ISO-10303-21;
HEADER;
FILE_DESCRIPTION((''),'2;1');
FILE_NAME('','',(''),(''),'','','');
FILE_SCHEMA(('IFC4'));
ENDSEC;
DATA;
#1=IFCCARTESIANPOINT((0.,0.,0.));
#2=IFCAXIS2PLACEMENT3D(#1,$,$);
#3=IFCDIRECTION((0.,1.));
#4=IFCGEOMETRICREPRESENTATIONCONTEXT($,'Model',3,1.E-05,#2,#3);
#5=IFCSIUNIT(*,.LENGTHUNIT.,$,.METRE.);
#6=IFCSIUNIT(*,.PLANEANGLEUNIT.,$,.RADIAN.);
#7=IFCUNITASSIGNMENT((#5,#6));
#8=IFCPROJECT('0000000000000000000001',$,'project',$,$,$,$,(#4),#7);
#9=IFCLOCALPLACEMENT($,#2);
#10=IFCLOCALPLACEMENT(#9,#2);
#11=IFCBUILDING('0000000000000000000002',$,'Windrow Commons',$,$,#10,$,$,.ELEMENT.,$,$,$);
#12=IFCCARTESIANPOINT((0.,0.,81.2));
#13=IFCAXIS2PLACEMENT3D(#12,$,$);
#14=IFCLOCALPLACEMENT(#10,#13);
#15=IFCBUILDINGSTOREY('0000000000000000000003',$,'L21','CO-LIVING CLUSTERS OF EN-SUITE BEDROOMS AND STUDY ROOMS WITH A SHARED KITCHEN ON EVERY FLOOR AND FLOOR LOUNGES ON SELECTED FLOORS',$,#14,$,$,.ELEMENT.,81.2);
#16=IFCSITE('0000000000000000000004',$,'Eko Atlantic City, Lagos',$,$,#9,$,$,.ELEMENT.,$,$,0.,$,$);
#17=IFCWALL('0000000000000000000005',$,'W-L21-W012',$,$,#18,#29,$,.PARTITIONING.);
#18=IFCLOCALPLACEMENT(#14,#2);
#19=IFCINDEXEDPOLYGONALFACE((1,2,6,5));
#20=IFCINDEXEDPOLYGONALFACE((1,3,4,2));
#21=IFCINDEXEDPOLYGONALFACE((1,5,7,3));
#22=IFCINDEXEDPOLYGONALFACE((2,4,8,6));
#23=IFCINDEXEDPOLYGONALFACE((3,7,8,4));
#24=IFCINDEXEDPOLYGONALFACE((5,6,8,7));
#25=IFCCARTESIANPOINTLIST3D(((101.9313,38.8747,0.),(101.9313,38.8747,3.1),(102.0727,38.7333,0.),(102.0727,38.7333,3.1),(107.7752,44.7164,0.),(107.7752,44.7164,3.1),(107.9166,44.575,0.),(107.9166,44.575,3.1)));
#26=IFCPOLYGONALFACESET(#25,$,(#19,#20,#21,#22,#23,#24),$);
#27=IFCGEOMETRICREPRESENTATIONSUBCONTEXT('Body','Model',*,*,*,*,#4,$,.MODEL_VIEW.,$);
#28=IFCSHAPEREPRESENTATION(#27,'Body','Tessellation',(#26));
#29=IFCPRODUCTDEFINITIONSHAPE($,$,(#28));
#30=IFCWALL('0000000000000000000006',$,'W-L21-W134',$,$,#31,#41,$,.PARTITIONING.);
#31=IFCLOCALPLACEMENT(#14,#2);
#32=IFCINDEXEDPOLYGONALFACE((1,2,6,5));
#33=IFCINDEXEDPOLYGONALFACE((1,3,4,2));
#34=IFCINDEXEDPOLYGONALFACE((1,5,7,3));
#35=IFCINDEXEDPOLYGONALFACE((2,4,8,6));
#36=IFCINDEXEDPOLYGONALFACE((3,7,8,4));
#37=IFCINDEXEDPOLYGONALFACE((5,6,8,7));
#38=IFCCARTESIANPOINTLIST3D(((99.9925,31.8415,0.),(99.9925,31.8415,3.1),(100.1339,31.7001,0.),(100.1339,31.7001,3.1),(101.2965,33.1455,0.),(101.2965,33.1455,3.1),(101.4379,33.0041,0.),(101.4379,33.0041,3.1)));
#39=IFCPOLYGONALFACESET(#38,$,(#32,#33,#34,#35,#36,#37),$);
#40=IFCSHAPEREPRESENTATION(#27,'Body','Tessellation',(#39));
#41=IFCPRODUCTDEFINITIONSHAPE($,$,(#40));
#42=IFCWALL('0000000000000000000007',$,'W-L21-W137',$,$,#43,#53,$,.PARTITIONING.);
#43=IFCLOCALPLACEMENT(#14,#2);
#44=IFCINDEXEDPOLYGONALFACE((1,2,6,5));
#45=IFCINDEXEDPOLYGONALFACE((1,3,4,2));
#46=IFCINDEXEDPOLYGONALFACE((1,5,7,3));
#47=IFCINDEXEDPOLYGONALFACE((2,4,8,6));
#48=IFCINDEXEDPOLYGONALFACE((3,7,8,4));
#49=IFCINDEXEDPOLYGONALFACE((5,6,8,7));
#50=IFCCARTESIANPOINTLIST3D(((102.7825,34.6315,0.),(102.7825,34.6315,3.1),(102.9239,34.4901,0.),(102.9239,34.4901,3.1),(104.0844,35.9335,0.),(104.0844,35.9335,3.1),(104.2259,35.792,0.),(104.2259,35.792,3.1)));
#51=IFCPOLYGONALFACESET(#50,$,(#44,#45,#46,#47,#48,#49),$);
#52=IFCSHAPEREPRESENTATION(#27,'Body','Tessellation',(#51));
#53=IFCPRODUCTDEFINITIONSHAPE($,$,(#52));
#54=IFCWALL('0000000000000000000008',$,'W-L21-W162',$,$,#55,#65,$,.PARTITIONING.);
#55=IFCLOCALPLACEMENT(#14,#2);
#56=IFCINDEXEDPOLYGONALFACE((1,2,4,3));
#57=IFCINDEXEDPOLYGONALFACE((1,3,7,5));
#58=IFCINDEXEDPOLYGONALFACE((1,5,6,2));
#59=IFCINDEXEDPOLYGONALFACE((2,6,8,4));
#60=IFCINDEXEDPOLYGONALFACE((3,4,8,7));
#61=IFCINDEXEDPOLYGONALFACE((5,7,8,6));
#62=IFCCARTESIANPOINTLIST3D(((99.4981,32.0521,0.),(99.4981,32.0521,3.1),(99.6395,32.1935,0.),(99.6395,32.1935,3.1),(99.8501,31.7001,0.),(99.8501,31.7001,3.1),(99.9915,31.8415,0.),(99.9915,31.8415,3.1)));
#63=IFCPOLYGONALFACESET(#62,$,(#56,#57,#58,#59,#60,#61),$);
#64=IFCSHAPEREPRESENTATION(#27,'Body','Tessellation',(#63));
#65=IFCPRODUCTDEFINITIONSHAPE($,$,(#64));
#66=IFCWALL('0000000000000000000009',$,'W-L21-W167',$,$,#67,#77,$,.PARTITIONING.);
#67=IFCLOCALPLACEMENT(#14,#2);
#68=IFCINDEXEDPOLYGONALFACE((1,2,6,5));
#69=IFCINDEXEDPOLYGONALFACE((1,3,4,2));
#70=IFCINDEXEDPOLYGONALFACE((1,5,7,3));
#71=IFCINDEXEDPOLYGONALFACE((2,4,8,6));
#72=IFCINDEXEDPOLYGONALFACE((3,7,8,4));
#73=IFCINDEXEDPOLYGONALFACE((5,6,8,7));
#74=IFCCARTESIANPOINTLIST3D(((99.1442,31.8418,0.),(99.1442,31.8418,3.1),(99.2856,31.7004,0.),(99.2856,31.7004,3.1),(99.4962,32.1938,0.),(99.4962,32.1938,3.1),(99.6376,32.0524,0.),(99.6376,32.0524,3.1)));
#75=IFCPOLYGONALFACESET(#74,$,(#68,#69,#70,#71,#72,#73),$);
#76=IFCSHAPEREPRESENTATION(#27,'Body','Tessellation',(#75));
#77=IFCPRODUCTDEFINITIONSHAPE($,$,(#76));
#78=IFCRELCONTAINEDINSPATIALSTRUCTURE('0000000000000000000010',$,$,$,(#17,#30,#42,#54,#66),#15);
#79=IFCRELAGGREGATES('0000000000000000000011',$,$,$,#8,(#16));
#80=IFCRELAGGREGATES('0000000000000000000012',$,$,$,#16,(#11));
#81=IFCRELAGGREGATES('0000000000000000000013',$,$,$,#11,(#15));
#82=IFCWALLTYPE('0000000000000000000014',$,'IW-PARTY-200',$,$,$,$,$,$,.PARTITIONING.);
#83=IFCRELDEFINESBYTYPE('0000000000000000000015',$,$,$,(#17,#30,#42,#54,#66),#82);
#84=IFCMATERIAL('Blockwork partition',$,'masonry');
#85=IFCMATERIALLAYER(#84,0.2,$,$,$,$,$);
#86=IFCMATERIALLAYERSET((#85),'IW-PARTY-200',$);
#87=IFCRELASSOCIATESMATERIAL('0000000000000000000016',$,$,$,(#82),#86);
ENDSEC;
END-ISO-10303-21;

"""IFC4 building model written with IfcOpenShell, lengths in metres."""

from ifc_helpers import new_model, si_unit, direction, frame, frame_2d, origin, place, context, subcontext, project, spatial, rectangle, extrude, material, layer, layer_set, type_object, element, save


model = new_model("IFC4")

# Units and contexts
model_context = context("Model", 3, precision=1e-05, world=origin(), true_north=direction((0.0, 1.0)))
body_context = subcontext(model_context, "Body", "Model", "MODEL_VIEW")
ifc_project = project(units=[si_unit("LENGTHUNIT", "METRE"), si_unit("PLANEANGLEUNIT", "RADIAN")], contexts=[model_context])

# Site, building, storey
site_placement = place(None, origin())
site = spatial("IfcSite", under=ifc_project, at=site_placement, Name="Eko Atlantic City, Lagos", CompositionType="ELEMENT", RefElevation=0.0)
building_placement = place(site_placement, origin())
building = spatial("IfcBuilding", under=site, at=building_placement, Name="Windrow Commons", CompositionType="ELEMENT")
storey_placement = place(building_placement, frame((0.0, 0.0, 81.2)))
storey = spatial("IfcBuildingStorey", under=building, at=storey_placement, Name="L21", Description="CO-LIVING CLUSTERS OF EN-SUITE BEDROOMS AND STUDY ROOMS WITH A SHARED KITCHEN ON EVERY FLOOR AND FLOOR LOUNGES ON SELECTED FLOORS", CompositionType="ELEMENT", Elevation=81.2)

# Walls
ifc_material_1 = material(Name="Blockwork partition", Category="masonry")
ifc_layer_1 = layer(ifc_material_1, 0.2)
ifc_layer_set_1 = layer_set([ifc_layer_1], Name="IW-PARTY-200")
wall_type_1 = type_object("IfcWallType", Name="IW-PARTY-200", PredefinedType="PARTITIONING", material=ifc_layer_set_1)
wall_1_placement = place(storey_placement, frame((102.002, 38.804, 0.0), z_axis=(0.0, 0.0, 1.0), x_axis=(0.70724, 0.706974, 0.0)))
element("IfcWall", 1, at=wall_1_placement, inside=storey, type_object=wall_type_1, Name="W-L21-W012", PredefinedType="PARTITIONING", context=body_context, shape_type="SweptSolid", body=[
    extrude(rectangle(XDim=8.263, YDim=0.2, at=frame_2d((4.1315, 0.0))), origin(), (0.0, 0.0, 1.0), 3.1),
])
wall_2_placement = place(storey_placement, frame((100.0632, 31.7708, 0.0), z_axis=(0.0, 0.0, 1.0), x_axis=(0.707107, 0.707107, 0.0)))
element("IfcWall", 2, at=wall_2_placement, inside=storey, type_object=wall_type_1, Name="W-L21-W134", PredefinedType="PARTITIONING", context=body_context, shape_type="SweptSolid", body=[
    extrude(rectangle(XDim=1.8441, YDim=0.2, at=frame_2d((0.9221, 0.0))), origin(), (0.0, 0.0, 1.0), 3.1),
])
wall_3_placement = place(storey_placement, frame((102.8532, 34.5608, 0.0), z_axis=(0.0, 0.0, 1.0), x_axis=(0.707107, 0.707107, 0.0)))
element("IfcWall", 3, at=wall_3_placement, inside=storey, type_object=wall_type_1, Name="W-L21-W137", PredefinedType="PARTITIONING", context=body_context, shape_type="SweptSolid", body=[
    extrude(rectangle(XDim=1.8413, YDim=0.2, at=frame_2d((0.9206, 0.0))), origin(), (0.0, 0.0, 1.0), 3.1),
])
for number, where, z_axis, x_axis, name in (
    (4, (99.5688, 32.1228, 0.0), (0.0, 0.0, 1.0), (0.707107, -0.707107, 0.0), "W-L21-W162"),
    (5, (99.2149, 31.7711, 0.0), (0.0, 0.0, 1.0), (0.707107, 0.707107, 0.0), "W-L21-W167"),
):
    element("IfcWall", number, at=place(storey_placement, frame(where, z_axis=z_axis, x_axis=x_axis)), inside=storey, type_object=wall_type_1, Name=name, PredefinedType="PARTITIONING", context=body_context, shape_type="SweptSolid", body=[
        extrude(rectangle(XDim=0.4978, YDim=0.2, at=frame_2d((0.2489, 0.0))), origin(), (0.0, 0.0, 1.0), 3.1),
    ])

save(model, "model.ifc")
